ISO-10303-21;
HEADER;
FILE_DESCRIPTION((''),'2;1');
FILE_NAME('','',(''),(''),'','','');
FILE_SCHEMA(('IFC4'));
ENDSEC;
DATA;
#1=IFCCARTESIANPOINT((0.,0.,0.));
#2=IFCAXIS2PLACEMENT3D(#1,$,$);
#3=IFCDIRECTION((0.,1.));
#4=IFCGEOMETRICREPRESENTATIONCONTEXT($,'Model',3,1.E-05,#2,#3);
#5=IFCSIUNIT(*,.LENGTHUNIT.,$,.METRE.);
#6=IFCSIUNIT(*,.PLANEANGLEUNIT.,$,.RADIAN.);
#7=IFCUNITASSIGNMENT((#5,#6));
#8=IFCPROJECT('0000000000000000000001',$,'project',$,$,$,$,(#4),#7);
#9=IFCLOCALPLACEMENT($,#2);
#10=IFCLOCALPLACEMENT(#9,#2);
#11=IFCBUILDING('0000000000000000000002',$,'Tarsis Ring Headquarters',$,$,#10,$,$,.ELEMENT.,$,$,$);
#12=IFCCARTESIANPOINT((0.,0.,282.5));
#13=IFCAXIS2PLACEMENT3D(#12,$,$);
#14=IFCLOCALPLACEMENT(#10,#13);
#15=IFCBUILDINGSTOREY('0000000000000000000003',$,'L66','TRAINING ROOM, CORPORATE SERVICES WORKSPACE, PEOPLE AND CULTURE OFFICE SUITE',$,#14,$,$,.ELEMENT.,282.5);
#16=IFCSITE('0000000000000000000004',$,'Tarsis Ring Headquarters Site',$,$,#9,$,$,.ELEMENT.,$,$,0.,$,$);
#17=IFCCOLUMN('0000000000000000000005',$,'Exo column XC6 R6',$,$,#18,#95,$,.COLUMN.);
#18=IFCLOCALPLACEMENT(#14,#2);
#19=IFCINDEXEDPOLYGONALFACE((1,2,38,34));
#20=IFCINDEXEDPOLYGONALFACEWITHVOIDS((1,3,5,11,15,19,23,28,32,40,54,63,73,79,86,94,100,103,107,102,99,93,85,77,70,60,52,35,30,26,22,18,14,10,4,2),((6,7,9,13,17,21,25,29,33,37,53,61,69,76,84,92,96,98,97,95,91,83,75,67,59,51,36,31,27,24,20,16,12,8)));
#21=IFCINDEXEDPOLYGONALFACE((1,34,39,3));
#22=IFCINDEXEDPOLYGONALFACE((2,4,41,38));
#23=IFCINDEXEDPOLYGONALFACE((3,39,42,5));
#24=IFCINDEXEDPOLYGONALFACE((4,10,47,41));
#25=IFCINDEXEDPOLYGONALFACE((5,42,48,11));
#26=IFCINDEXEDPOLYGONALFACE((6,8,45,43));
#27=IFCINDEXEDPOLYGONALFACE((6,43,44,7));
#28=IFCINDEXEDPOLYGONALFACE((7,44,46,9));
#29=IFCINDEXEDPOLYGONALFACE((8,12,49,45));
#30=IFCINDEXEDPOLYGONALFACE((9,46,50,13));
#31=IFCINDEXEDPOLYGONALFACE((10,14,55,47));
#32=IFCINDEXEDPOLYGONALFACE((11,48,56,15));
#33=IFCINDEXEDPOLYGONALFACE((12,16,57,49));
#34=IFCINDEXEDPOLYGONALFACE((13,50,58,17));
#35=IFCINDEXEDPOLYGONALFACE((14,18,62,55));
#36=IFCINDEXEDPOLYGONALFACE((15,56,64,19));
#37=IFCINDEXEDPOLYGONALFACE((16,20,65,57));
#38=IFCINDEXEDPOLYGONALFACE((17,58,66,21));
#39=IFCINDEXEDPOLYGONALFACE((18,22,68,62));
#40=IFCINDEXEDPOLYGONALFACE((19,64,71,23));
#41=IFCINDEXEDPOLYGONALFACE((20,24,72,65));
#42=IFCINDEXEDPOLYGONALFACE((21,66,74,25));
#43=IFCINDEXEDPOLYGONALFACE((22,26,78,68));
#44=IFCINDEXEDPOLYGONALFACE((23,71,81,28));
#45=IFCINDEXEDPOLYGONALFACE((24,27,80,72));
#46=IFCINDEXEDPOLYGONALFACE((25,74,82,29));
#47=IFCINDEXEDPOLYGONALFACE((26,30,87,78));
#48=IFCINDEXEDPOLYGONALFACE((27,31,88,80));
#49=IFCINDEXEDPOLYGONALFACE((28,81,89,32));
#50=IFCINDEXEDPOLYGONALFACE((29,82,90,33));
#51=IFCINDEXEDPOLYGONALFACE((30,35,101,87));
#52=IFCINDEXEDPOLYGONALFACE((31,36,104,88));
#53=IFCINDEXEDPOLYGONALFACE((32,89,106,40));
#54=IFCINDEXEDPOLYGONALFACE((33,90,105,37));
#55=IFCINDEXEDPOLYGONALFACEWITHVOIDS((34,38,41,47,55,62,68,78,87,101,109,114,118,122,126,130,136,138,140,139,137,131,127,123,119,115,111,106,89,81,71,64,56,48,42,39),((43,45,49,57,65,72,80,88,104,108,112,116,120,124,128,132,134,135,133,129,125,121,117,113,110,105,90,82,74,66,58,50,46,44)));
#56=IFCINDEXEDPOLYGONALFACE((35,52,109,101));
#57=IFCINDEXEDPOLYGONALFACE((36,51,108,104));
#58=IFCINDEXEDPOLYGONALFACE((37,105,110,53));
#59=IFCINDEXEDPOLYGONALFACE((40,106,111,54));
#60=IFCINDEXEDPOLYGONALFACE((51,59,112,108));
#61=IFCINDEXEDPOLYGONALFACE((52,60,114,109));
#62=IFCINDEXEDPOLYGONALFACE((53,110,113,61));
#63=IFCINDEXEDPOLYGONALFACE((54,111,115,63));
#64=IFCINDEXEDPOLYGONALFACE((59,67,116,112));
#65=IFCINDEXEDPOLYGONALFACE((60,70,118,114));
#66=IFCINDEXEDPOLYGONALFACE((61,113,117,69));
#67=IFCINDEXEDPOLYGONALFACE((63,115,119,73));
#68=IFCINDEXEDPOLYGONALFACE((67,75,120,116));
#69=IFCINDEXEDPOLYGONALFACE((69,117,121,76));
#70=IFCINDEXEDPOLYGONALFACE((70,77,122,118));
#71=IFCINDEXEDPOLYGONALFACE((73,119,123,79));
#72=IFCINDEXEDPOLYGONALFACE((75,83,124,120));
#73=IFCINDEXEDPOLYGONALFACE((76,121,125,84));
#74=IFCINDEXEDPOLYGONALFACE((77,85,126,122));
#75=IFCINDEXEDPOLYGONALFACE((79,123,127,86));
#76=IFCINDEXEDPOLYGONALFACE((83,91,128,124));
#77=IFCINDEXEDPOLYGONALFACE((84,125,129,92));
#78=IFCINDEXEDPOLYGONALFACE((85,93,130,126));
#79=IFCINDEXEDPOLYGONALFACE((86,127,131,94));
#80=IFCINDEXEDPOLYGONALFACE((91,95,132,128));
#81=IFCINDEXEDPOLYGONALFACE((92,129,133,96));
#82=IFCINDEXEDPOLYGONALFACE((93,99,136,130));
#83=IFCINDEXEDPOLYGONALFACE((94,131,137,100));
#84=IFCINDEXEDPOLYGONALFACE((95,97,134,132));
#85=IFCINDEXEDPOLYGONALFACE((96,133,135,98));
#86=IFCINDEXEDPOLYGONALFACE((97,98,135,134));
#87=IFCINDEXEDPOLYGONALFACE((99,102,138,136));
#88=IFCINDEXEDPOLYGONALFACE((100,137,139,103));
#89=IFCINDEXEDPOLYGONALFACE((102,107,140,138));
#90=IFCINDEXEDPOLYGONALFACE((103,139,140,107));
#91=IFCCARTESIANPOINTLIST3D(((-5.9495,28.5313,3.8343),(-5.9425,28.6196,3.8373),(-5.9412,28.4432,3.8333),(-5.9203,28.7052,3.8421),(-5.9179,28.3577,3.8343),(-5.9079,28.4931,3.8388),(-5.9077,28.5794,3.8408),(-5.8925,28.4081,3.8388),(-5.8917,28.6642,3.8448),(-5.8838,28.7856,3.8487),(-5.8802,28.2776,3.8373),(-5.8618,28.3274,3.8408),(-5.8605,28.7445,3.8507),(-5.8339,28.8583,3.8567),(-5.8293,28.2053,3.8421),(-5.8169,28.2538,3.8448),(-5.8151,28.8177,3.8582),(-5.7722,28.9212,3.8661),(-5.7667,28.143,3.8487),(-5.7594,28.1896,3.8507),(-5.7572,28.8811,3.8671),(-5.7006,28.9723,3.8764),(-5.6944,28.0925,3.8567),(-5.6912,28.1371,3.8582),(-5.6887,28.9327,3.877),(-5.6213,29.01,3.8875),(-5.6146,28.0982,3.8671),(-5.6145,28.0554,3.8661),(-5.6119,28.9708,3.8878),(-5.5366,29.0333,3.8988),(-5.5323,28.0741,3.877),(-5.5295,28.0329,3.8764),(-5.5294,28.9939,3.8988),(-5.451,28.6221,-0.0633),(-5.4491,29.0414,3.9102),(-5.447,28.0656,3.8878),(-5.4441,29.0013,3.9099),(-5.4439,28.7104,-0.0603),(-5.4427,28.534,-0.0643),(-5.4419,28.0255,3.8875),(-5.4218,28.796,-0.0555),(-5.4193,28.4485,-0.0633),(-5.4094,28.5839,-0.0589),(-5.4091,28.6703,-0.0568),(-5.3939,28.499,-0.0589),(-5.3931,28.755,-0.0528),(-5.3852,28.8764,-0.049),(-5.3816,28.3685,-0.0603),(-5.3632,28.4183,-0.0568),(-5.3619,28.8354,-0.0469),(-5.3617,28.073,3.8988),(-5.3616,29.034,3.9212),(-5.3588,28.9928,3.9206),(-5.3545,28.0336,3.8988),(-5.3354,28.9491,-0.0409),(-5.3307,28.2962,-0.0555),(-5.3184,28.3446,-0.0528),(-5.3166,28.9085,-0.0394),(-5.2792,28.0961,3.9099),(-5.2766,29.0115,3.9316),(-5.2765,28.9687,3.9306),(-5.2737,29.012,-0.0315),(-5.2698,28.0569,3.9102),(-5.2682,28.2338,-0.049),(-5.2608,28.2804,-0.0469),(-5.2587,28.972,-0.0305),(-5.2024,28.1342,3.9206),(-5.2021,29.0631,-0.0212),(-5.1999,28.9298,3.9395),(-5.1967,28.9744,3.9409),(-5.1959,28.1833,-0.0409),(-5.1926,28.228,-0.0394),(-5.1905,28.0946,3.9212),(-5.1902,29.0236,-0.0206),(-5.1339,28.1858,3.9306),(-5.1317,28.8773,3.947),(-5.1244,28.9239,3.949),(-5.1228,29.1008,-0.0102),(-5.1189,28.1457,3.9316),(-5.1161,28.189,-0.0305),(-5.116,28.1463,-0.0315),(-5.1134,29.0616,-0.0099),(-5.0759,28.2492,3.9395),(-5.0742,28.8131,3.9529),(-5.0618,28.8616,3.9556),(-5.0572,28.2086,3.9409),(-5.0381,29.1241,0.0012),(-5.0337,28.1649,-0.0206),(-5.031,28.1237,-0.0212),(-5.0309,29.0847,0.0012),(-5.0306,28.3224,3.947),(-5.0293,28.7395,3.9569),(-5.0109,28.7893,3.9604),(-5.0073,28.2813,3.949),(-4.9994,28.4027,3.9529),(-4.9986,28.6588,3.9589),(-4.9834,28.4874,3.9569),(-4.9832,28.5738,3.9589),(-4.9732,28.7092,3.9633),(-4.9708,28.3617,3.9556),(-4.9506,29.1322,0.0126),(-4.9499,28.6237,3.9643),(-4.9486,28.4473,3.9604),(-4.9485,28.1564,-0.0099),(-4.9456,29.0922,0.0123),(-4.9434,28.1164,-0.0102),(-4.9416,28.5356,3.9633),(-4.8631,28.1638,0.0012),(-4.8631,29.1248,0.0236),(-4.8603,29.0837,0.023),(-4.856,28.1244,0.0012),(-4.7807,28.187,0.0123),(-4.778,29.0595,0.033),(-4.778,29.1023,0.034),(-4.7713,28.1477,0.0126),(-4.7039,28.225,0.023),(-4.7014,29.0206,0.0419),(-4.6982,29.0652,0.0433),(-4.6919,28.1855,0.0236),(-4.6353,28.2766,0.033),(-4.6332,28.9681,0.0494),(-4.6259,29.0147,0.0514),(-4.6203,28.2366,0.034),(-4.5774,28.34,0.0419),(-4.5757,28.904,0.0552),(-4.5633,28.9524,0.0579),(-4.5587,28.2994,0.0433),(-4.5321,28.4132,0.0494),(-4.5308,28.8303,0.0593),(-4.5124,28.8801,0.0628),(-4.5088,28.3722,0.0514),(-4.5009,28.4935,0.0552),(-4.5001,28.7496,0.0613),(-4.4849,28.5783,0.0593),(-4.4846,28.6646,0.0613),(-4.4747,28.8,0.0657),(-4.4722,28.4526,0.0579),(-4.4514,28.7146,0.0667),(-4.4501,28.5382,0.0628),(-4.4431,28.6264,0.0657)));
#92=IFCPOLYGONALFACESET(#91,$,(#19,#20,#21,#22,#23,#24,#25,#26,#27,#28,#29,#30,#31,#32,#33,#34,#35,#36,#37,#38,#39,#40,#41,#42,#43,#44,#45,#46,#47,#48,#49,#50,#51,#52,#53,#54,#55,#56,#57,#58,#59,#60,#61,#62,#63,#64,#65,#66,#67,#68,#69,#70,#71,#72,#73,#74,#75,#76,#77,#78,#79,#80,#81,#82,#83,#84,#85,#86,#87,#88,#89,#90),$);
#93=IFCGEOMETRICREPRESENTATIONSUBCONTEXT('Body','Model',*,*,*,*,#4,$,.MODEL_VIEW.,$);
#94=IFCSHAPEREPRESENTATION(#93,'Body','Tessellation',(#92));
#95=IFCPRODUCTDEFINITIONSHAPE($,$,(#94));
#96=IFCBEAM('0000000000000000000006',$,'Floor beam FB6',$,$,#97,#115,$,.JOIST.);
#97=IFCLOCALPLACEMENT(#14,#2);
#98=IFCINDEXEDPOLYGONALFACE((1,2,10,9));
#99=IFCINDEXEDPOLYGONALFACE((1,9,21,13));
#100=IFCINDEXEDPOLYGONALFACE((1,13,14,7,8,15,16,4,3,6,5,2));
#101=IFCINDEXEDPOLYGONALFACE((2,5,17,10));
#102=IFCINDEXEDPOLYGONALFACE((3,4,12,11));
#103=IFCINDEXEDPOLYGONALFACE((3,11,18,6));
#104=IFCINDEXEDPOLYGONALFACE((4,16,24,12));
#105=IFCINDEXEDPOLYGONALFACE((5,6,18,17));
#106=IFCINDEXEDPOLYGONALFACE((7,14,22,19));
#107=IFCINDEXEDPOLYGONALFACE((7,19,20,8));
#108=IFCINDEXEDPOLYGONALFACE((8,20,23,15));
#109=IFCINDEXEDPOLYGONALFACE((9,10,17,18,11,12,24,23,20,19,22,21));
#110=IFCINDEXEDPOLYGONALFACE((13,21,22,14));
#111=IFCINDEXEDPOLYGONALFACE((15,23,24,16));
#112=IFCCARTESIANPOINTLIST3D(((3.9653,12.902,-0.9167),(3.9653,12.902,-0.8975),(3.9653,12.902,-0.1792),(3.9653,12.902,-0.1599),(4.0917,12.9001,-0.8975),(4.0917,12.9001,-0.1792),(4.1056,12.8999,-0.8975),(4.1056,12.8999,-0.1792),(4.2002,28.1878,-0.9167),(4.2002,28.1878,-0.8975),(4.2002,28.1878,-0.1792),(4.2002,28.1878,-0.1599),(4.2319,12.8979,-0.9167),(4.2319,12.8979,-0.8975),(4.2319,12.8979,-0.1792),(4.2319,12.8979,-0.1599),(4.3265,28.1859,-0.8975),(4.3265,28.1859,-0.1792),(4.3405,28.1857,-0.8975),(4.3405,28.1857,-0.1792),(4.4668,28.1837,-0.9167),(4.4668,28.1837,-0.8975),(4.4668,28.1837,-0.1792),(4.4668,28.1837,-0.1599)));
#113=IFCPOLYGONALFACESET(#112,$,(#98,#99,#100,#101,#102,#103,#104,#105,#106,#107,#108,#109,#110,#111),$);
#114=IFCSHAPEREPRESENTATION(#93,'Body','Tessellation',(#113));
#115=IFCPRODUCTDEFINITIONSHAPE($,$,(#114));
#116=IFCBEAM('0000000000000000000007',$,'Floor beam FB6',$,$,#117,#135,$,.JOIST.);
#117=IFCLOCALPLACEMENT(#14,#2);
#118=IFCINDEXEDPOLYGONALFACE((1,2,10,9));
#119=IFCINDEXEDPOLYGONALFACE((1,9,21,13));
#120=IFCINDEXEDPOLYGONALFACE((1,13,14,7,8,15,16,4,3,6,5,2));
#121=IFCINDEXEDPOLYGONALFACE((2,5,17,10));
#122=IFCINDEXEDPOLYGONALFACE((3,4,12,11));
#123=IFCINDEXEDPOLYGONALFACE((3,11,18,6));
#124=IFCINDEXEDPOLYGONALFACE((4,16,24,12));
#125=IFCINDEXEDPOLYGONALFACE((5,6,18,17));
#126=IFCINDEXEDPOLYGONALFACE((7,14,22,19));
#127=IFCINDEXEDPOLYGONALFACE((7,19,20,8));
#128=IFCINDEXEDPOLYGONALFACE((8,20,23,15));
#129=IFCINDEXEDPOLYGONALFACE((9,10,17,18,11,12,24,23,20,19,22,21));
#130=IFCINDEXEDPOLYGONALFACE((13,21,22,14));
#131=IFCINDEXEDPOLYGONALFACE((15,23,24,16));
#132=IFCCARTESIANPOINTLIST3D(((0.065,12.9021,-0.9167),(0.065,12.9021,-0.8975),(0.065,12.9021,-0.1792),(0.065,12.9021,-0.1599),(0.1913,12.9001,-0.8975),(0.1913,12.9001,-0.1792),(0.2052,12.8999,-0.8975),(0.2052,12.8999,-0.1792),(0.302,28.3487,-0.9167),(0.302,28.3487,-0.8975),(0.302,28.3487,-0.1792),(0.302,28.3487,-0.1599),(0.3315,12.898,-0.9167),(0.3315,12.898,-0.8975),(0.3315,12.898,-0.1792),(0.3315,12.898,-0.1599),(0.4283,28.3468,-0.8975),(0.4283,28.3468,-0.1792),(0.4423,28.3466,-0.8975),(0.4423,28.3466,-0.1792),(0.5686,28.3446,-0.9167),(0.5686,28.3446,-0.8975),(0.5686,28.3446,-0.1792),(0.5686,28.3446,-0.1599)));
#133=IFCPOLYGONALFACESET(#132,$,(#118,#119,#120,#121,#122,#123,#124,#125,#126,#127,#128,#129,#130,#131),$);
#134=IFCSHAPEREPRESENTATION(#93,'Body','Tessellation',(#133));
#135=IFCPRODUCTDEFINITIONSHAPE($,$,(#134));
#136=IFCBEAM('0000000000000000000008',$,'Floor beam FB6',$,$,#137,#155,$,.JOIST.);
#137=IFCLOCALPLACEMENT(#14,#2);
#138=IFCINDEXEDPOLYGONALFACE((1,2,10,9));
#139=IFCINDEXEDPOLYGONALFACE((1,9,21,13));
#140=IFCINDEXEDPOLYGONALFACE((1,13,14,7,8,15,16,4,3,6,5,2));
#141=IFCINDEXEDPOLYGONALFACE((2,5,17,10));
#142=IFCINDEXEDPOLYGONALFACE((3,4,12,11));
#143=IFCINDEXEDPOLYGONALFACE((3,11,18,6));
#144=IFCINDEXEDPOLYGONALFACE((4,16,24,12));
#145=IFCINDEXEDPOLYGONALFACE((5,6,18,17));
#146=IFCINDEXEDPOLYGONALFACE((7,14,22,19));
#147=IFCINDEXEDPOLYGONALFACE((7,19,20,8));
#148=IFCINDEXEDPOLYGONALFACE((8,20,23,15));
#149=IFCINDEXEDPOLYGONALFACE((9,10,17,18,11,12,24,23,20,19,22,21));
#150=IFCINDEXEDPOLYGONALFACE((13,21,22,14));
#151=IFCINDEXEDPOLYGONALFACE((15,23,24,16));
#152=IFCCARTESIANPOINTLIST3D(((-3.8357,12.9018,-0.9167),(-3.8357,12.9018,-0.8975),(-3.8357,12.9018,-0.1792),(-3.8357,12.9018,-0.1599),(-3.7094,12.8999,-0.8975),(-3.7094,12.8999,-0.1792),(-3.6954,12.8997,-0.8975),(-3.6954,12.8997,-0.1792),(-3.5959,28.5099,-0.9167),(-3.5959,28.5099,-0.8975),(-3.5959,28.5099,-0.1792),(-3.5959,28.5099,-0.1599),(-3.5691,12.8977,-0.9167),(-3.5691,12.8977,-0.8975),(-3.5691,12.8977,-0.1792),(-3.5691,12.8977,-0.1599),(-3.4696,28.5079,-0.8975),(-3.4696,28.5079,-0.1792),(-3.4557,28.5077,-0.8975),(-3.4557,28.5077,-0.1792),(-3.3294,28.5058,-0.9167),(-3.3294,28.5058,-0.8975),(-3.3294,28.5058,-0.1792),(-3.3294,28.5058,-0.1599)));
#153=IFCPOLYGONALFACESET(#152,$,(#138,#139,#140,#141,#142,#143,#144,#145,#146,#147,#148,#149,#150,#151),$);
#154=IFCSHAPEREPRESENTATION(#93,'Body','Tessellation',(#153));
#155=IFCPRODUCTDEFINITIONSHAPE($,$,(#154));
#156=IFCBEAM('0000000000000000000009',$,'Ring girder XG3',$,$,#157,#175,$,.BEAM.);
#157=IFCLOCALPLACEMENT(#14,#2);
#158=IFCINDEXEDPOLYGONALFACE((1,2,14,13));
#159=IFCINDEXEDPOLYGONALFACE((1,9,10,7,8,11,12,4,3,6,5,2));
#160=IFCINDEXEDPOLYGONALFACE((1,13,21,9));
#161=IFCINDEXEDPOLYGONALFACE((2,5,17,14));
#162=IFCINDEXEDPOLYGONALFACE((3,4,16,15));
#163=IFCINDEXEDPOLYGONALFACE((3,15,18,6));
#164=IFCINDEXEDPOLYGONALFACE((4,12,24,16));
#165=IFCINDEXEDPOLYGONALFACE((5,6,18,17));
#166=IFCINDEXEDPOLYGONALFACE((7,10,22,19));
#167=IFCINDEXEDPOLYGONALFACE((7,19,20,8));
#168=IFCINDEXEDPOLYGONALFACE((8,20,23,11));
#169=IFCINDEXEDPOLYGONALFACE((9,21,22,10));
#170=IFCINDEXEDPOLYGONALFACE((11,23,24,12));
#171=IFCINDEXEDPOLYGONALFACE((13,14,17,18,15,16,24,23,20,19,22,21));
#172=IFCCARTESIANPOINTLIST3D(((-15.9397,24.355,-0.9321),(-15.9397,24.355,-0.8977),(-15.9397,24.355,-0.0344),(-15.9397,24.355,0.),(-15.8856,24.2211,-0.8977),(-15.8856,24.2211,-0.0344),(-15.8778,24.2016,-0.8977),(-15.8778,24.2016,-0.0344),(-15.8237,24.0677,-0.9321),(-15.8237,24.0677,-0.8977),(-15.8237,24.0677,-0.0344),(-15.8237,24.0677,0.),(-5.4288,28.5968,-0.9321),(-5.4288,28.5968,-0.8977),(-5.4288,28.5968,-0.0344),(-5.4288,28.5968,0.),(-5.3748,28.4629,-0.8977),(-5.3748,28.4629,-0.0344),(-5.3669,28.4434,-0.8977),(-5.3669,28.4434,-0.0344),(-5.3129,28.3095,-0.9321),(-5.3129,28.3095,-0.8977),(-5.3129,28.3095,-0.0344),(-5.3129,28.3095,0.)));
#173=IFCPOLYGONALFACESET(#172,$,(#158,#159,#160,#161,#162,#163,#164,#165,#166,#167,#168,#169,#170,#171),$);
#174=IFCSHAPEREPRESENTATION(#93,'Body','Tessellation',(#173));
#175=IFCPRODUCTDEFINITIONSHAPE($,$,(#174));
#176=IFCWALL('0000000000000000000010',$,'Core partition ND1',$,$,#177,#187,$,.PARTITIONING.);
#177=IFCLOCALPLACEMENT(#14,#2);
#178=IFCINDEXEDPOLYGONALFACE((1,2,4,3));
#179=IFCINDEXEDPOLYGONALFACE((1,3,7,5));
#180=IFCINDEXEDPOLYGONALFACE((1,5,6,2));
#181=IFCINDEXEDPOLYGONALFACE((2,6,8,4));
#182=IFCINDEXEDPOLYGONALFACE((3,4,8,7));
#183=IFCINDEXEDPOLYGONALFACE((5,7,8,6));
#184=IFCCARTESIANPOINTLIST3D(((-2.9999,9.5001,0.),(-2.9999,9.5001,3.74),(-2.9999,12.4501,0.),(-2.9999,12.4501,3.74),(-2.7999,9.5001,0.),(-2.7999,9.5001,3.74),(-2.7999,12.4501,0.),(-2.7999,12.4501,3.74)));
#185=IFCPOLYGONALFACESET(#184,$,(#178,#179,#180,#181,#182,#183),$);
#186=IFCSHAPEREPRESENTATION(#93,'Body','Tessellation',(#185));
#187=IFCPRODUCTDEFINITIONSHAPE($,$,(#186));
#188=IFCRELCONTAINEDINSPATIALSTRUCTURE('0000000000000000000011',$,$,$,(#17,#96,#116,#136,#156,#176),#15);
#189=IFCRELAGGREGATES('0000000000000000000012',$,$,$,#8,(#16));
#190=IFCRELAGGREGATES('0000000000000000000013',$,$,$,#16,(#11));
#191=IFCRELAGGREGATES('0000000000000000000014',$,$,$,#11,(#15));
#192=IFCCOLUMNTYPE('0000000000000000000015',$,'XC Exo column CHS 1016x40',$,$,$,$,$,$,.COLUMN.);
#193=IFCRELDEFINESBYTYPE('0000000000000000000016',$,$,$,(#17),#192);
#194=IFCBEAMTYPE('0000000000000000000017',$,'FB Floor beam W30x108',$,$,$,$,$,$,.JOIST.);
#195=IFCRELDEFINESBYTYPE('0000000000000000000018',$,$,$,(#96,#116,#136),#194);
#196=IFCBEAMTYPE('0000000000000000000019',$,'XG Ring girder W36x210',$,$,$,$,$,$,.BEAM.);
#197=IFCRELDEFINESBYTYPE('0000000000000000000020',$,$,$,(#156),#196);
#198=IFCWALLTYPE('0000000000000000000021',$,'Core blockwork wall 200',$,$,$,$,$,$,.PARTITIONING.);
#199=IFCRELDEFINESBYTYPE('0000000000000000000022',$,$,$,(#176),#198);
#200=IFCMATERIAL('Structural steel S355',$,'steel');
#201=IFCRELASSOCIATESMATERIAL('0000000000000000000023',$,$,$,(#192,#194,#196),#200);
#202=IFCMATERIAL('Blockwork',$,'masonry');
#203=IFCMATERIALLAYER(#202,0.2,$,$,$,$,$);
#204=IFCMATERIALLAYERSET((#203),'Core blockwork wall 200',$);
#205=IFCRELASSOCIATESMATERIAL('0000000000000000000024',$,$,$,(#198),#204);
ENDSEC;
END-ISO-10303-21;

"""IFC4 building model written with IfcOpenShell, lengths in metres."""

from ifc_helpers import new_model, si_unit, direction, frame, frame_2d, origin, origin_2d, place, context, subcontext, project, spatial, rectangle, hollow_circle, i_section, extrude, material, layer, layer_set, material_profile, profile_set, type_object, element, save


model = new_model("IFC4")

# Units and contexts
model_context = context("Model", 3, precision=1e-05, world=origin(), true_north=direction((0.0, 1.0)))
body_context = subcontext(model_context, "Body", "Model", "MODEL_VIEW")
ifc_project = project(units=[si_unit("LENGTHUNIT", "METRE"), si_unit("PLANEANGLEUNIT", "RADIAN")], contexts=[model_context])

# Site, building, storey
site_placement = place(None, origin())
site = spatial("IfcSite", under=ifc_project, at=site_placement, Name="Tarsis Ring Headquarters Site", CompositionType="ELEMENT", RefElevation=0.0)
building_placement = place(site_placement, origin())
building = spatial("IfcBuilding", under=site, at=building_placement, Name="Tarsis Ring Headquarters", CompositionType="ELEMENT")
storey_placement = place(building_placement, frame((0.0, 0.0, 282.5)))
storey = spatial("IfcBuildingStorey", under=building, at=storey_placement, Name="L66", Description="TRAINING ROOM, CORPORATE SERVICES WORKSPACE, PEOPLE AND CULTURE OFFICE SUITE", CompositionType="ELEMENT", Elevation=282.5)

# Column
ifc_material_1 = material(Name="Structural steel S355", Category="steel")
ifc_material_profile_1 = material_profile(ifc_material_1, hollow_circle(Radius=0.5081, WallThickness=0.04, at=origin_2d()), Name="CHS 1016x40")
ifc_profile_set_1 = profile_set([ifc_material_profile_1], Name="Structural steel S355")
column_type = type_object("IfcColumnType", Name="XC Exo column CHS 1016x40", PredefinedType="COLUMN", material=ifc_profile_set_1)
column_placement = place(storey_placement, frame((-4.947, 28.6243, 0.0012), z_axis=(-0.126837, -0.023107, 0.991654), x_axis=(0.179225, -0.983808, 0.0)))
element("IfcColumn", 1, at=column_placement, inside=storey, type_object=column_type, Name="Exo column XC6 R6", PredefinedType="COLUMN", context=body_context, shape_type="SweptSolid", body=[
    extrude(hollow_circle(Radius=0.5081, WallThickness=0.04, at=origin_2d()), origin(), (0.0, 0.0, 1.0), 3.9304),
])

# Beams
ifc_material_profile_2 = material_profile(ifc_material_1, i_section(OverallWidth=0.2666, OverallDepth=0.7568, WebThickness=0.0139, FlangeThickness=0.0193, at=origin_2d()), Name="W30x108")
ifc_profile_set_2 = profile_set([ifc_material_profile_2], Name="Structural steel S355")
beam_type_1 = type_object("IfcBeamType", Name="FB Floor beam W30x108", PredefinedType="JOIST", material=ifc_profile_set_2)
beam_1_placement = place(storey_placement, frame((4.3335, 28.1858, -0.5383), z_axis=(-0.015363, -0.999882, 0.0), x_axis=(0.999882, -0.015363, 0.0)))
element("IfcBeam", 2, at=beam_1_placement, inside=storey, type_object=beam_type_1, Name="Floor beam FB6", PredefinedType="JOIST", context=body_context, shape_type="SweptSolid", body=[
    extrude(i_section(OverallWidth=0.2666, OverallDepth=0.7568, WebThickness=0.0139, FlangeThickness=0.0193, at=origin_2d()), origin(), (0.0, 0.0, 1.0), 15.2876),
])
beam_2_placement = place(storey_placement, frame((0.4353, 28.3467, -0.5383), z_axis=(-0.015345, -0.999882, 0.0), x_axis=(0.999882, -0.015345, 0.0)))
element("IfcBeam", 3, at=beam_2_placement, inside=storey, type_object=beam_type_1, Name="Floor beam FB6", PredefinedType="JOIST", context=body_context, shape_type="SweptSolid", body=[
    extrude(i_section(OverallWidth=0.2666, OverallDepth=0.7568, WebThickness=0.0139, FlangeThickness=0.0193, at=origin_2d()), origin(), (0.0, 0.0, 1.0), 15.4485),
])
beam_3_placement = place(storey_placement, frame((-3.4626, 28.5078, -0.5383), z_axis=(-0.015359, -0.999882, 0.0), x_axis=(0.999882, -0.015359, 0.0)))
element("IfcBeam", 4, at=beam_3_placement, inside=storey, type_object=beam_type_1, Name="Floor beam FB6", PredefinedType="JOIST", context=body_context, shape_type="SweptSolid", body=[
    extrude(i_section(OverallWidth=0.2666, OverallDepth=0.7568, WebThickness=0.0139, FlangeThickness=0.0193, at=origin_2d()), origin(), (0.0, 0.0, 1.0), 15.6099),
])
ifc_material_profile_3 = material_profile(ifc_material_1, i_section(OverallWidth=0.3098, OverallDepth=0.9321, WebThickness=0.021, FlangeThickness=0.0344, at=origin_2d()), Name="W36x210")
ifc_profile_set_3 = profile_set([ifc_material_profile_3], Name="Structural steel S355")
beam_type_2 = type_object("IfcBeamType", Name="XG Ring girder W36x210", PredefinedType="BEAM", material=ifc_profile_set_3)
beam_4_placement = place(storey_placement, frame((-5.3708, 28.4531, -0.4661), z_axis=(-0.927334, -0.374234, 0.0), x_axis=(0.374234, -0.927334, 0.0)))
element("IfcBeam", 5, at=beam_4_placement, inside=storey, type_object=beam_type_2, Name="Ring girder XG3", PredefinedType="BEAM", context=body_context, shape_type="SweptSolid", body=[
    extrude(i_section(OverallWidth=0.3098, OverallDepth=0.9321, WebThickness=0.021, FlangeThickness=0.0344, at=origin_2d()), origin(), (0.0, 0.0, 1.0), 11.3345),
])

# Wall
ifc_material_2 = material(Name="Blockwork", Category="masonry")
ifc_layer_1 = layer(ifc_material_2, 0.2)
ifc_layer_set_1 = layer_set([ifc_layer_1], Name="Core blockwork wall 200")
wall_type_1 = type_object("IfcWallType", Name="Core blockwork wall 200", PredefinedType="PARTITIONING", material=ifc_layer_set_1)
for number, where, z_axis, x_axis, name in (
    (6, (-2.8999, 9.5, 0.0), (0.0, 0.0, 1.0), (0.0, 1.0, 0.0), "Core partition ND1"),
):
    element("IfcWall", number, at=place(storey_placement, frame(where, z_axis=z_axis, x_axis=x_axis)), inside=storey, type_object=wall_type_1, Name=name, PredefinedType="PARTITIONING", context=body_context, shape_type="SweptSolid", body=[
        extrude(rectangle(XDim=2.95, YDim=0.2, at=frame_2d((1.4751, 0.0))), origin(), (0.0, 0.0, 1.0), 3.74),
    ])

save(model, "model.ifc")
